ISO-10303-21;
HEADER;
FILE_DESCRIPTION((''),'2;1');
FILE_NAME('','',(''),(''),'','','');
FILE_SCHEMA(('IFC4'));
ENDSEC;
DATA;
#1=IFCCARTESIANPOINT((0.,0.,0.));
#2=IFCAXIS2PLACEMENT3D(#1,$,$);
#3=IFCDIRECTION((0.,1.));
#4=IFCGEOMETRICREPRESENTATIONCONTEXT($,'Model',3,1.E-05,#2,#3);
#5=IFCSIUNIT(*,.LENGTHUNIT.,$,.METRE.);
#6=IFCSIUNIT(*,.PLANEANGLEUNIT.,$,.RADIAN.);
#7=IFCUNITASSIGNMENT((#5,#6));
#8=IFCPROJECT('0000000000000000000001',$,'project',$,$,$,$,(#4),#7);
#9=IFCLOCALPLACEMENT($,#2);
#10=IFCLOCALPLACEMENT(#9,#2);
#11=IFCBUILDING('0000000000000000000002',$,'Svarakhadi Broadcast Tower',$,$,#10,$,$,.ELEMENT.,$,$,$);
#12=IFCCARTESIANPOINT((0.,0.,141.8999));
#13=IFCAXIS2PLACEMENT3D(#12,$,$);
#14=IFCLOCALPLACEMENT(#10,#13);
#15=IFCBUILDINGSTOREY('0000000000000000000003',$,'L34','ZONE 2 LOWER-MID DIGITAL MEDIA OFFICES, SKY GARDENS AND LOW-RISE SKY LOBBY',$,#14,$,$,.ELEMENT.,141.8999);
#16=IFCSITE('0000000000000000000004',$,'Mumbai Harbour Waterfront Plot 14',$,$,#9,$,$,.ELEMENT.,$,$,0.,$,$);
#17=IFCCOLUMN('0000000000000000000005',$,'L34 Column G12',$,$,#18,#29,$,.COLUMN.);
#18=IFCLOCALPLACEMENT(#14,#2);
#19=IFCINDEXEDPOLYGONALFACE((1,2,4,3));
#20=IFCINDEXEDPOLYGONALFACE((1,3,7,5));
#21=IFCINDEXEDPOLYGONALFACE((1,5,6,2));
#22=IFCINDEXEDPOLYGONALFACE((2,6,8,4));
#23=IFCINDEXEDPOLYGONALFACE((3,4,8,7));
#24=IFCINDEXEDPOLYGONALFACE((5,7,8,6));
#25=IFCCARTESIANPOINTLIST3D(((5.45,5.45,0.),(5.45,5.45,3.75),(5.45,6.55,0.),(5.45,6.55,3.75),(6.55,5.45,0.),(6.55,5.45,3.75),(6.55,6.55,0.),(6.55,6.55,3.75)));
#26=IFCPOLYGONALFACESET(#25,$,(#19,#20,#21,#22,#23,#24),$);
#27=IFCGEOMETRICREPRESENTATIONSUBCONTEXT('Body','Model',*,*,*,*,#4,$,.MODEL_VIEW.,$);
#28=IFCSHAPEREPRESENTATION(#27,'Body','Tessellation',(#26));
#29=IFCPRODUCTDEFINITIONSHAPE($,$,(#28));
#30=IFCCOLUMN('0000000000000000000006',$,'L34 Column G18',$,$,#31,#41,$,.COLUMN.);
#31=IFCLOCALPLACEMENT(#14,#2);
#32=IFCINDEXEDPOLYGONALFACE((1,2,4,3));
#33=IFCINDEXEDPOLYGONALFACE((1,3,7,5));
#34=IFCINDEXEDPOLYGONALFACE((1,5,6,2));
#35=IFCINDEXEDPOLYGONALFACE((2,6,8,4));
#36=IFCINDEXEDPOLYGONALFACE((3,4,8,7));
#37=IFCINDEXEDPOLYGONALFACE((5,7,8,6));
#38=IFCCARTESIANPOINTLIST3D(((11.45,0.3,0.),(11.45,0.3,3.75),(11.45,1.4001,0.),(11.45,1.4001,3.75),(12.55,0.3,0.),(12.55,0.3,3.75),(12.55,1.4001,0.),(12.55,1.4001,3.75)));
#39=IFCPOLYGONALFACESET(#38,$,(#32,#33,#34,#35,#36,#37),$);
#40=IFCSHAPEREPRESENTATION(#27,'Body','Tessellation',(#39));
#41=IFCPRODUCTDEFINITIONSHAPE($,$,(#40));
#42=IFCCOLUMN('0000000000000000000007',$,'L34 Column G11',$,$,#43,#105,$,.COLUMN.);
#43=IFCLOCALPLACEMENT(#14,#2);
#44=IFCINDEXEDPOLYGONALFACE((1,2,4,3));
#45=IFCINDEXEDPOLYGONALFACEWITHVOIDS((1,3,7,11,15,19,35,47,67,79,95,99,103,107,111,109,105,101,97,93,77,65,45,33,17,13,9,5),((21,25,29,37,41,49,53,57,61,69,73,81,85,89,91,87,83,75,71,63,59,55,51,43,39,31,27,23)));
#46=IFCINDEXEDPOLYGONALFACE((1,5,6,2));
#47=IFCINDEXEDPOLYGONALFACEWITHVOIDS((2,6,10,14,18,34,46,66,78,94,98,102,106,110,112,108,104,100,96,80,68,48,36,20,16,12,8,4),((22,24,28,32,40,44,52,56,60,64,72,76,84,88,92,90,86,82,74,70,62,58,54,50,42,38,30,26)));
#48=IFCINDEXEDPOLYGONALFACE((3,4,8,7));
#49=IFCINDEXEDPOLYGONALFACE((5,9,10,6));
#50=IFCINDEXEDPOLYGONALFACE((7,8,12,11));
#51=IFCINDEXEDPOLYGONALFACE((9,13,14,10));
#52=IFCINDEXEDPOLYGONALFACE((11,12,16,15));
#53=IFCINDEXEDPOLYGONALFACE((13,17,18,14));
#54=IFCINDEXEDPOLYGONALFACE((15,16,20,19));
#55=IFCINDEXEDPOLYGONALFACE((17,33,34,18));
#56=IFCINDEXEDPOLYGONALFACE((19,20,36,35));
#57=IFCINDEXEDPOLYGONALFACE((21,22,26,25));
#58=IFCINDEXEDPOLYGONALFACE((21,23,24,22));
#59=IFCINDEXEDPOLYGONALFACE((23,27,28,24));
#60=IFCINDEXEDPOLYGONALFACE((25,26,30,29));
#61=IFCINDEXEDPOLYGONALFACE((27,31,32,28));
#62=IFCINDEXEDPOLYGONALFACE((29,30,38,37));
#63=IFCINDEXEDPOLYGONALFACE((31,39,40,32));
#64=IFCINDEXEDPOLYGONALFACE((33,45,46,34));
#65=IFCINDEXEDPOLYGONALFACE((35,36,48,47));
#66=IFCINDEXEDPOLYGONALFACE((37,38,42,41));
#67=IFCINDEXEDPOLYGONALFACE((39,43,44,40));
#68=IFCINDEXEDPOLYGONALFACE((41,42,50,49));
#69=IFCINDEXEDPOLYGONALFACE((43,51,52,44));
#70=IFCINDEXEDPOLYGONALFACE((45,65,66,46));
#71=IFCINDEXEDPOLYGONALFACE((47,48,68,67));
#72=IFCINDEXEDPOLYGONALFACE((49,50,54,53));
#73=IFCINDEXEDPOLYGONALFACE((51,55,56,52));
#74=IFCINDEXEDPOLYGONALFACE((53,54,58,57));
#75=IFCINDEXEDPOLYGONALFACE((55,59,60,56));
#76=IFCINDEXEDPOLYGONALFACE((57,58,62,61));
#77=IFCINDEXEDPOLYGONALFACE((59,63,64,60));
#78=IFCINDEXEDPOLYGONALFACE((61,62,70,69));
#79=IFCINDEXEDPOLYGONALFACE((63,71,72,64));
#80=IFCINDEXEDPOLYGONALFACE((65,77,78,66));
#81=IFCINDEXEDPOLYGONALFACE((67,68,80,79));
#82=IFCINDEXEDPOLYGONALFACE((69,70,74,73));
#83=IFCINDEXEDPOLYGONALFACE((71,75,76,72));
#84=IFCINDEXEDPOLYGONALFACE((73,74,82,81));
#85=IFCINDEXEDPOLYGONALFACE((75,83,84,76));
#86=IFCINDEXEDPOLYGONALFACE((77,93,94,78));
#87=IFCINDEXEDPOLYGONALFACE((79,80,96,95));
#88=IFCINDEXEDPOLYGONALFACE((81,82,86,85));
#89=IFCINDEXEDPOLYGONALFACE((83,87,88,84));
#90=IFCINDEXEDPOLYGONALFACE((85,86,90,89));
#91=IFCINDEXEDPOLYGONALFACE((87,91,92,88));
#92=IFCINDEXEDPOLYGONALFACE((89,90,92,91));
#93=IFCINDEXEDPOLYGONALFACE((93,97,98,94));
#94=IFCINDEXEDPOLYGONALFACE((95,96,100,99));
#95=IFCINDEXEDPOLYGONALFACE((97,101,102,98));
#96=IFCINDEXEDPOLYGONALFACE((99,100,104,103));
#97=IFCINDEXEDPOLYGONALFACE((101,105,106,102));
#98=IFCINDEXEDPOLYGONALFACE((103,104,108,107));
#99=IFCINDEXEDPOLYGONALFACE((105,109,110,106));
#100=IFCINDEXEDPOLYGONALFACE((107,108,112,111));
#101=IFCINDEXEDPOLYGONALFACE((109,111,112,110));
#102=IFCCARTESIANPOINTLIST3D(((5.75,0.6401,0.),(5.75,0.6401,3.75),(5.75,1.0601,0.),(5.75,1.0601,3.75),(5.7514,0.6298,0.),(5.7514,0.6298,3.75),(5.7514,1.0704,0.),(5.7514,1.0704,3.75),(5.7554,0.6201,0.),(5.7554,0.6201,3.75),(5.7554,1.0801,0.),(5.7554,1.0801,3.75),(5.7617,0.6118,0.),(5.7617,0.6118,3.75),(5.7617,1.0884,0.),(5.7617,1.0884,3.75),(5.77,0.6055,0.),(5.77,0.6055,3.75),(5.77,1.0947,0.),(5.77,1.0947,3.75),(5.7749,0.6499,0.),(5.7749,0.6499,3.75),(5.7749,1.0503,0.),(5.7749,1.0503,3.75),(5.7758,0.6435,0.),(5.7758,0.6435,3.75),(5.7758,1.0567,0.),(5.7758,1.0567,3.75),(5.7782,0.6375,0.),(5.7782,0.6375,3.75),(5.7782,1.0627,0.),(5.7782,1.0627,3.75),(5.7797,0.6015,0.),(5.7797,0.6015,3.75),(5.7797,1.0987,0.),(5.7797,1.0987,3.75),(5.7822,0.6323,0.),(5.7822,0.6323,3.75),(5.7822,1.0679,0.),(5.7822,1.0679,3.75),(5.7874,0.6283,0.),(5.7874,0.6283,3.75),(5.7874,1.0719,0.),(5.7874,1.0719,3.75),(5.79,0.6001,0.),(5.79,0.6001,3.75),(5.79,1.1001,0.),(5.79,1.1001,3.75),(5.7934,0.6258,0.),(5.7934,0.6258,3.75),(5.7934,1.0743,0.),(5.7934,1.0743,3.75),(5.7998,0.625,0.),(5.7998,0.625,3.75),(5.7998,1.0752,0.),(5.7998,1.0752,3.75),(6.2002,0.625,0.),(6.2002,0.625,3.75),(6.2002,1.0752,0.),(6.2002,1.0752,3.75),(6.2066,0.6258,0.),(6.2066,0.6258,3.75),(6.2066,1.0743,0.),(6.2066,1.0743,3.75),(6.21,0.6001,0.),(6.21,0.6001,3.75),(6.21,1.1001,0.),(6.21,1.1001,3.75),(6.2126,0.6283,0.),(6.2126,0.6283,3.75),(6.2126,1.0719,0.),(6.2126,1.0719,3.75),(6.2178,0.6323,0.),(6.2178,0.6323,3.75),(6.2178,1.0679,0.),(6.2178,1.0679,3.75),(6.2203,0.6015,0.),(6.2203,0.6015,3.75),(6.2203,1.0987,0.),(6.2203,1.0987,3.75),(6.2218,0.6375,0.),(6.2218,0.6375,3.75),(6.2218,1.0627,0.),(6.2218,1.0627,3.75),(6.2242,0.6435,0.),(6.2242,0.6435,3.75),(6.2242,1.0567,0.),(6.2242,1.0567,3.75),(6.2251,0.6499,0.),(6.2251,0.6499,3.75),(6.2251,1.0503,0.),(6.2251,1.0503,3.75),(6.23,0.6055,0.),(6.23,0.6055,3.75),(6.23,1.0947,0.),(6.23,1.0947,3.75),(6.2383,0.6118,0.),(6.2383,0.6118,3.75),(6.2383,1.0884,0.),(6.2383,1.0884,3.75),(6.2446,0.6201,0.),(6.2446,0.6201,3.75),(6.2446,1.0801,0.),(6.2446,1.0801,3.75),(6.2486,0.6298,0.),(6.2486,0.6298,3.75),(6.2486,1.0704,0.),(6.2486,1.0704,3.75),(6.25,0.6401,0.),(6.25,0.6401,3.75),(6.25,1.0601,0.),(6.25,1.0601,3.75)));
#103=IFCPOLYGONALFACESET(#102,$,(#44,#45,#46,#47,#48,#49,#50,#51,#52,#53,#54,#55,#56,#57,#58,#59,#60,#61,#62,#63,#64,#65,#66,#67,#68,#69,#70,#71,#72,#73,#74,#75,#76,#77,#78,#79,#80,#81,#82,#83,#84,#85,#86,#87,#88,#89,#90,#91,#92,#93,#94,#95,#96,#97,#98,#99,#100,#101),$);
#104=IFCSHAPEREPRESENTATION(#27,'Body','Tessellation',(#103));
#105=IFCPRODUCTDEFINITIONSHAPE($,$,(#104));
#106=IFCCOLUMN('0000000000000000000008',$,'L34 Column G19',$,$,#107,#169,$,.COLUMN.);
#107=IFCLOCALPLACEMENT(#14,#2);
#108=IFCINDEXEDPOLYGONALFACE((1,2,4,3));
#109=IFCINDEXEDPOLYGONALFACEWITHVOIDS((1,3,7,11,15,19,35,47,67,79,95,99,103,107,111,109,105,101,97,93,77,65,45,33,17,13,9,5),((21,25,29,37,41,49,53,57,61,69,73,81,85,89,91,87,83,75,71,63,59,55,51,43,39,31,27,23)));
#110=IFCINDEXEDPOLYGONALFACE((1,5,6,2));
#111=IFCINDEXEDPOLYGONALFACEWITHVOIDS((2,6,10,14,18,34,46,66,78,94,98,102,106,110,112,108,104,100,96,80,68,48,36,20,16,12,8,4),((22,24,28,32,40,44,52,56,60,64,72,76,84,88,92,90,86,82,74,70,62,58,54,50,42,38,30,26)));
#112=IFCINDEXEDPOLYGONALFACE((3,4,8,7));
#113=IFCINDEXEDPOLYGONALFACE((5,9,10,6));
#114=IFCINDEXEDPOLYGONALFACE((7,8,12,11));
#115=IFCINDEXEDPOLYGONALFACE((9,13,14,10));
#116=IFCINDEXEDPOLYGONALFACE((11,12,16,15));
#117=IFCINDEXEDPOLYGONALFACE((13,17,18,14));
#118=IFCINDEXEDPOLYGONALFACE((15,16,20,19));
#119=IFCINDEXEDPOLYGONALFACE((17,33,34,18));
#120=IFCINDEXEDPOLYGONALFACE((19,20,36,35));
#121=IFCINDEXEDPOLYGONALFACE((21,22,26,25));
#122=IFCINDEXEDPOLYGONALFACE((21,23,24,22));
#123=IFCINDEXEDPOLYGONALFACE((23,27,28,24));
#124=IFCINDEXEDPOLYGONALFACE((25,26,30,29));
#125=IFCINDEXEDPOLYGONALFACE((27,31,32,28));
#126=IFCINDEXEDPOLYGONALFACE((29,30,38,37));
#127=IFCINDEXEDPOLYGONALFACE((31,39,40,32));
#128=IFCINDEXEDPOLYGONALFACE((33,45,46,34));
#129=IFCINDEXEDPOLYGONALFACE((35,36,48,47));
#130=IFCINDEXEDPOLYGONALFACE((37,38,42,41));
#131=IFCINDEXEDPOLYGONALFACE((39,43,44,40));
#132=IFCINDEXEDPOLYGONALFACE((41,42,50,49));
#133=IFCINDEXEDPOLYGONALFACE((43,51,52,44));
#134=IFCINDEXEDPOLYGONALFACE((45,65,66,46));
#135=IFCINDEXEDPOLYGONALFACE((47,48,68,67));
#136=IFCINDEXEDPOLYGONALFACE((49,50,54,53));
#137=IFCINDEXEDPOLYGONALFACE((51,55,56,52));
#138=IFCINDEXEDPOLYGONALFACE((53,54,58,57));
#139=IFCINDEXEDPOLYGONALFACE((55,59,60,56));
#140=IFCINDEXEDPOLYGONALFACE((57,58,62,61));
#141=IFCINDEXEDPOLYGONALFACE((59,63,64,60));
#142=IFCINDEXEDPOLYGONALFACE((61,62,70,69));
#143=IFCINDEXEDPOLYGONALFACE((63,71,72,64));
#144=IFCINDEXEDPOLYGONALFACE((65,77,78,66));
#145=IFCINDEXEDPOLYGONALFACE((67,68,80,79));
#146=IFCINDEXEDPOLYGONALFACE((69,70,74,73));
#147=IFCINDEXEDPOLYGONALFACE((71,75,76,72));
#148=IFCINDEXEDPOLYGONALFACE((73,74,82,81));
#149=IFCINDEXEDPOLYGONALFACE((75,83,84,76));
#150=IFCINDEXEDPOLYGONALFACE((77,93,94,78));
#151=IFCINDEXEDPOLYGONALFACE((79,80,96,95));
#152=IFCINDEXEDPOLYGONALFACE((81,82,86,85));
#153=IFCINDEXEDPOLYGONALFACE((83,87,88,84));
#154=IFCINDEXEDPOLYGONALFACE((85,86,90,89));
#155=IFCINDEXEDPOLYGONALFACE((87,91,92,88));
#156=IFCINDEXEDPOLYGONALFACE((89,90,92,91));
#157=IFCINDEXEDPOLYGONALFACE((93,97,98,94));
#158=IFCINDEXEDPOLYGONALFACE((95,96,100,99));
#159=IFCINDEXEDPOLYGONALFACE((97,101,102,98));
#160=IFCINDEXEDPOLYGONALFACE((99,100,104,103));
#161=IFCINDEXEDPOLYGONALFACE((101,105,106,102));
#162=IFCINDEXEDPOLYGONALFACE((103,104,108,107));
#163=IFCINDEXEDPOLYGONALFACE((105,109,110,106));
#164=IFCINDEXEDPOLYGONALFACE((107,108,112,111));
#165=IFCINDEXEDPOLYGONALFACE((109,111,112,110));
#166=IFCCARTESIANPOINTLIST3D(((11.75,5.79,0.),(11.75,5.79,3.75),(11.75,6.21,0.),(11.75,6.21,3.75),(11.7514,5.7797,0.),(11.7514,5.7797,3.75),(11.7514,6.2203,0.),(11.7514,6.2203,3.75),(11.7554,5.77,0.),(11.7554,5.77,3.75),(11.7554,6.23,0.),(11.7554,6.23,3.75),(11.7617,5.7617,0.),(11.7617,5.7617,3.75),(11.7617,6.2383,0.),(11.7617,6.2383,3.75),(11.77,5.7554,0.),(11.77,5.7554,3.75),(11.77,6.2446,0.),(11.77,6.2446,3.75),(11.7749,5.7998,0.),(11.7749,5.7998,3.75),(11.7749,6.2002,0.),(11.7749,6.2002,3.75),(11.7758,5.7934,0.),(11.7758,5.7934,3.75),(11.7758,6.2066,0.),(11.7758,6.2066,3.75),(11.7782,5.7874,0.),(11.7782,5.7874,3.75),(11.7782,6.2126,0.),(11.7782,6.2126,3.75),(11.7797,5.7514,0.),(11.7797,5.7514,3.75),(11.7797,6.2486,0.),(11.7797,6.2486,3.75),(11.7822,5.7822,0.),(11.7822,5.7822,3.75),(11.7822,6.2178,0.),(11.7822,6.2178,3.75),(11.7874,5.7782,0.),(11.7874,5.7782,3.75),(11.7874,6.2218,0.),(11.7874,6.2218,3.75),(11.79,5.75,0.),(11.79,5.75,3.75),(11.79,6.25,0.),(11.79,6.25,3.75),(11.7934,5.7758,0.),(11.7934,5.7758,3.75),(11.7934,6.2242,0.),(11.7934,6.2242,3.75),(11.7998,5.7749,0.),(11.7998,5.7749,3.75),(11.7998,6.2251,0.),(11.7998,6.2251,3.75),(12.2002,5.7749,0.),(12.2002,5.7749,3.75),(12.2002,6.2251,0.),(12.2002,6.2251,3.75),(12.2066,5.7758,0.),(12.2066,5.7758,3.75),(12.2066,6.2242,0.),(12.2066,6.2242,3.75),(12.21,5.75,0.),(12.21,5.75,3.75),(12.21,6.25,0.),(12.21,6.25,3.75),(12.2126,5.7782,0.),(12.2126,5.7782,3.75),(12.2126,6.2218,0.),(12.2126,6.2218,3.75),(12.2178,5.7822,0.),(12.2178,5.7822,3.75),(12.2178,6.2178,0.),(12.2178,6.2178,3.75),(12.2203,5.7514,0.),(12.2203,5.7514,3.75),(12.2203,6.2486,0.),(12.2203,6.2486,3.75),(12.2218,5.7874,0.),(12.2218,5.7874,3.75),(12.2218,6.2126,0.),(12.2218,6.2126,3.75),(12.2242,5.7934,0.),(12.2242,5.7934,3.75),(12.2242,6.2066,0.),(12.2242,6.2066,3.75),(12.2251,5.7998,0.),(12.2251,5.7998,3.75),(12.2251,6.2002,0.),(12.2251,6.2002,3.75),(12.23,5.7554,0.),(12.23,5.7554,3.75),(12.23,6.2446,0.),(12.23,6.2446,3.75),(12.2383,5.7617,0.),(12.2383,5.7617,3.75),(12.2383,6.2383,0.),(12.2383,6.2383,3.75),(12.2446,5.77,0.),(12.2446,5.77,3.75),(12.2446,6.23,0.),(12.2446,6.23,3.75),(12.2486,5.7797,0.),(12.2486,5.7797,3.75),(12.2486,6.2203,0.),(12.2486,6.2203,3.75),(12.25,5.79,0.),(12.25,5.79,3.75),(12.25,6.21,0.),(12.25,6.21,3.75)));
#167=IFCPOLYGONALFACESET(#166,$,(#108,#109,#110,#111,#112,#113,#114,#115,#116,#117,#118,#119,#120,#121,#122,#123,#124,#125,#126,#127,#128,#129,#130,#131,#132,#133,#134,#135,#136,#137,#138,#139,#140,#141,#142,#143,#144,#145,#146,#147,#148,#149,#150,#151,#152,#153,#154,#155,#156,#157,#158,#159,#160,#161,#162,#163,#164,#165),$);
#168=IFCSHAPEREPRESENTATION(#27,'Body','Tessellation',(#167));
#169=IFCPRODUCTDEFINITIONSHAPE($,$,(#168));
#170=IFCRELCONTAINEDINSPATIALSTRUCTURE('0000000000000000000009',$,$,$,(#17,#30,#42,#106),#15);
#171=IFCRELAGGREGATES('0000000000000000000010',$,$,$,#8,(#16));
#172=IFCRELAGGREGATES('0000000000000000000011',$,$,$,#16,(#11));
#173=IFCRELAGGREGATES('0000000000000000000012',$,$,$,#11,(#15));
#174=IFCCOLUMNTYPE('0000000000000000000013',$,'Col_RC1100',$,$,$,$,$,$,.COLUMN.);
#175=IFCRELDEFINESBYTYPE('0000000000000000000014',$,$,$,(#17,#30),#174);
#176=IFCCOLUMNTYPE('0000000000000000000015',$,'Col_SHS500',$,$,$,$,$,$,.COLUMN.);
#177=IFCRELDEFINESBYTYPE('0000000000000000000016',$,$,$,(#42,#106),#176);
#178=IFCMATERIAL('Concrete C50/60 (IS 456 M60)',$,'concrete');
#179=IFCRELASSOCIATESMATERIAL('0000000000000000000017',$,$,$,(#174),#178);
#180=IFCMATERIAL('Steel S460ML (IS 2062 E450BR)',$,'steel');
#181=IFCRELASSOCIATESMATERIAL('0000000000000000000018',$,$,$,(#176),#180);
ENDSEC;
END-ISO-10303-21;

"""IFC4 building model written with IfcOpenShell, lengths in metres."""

from ifc_helpers import new_model, si_unit, direction, frame, origin, origin_2d, place, context, subcontext, project, spatial, rectangle, hollow_rectangle, extrude, material, material_profile, profile_set, type_object, element, save


model = new_model("IFC4")

# Units and contexts
model_context = context("Model", 3, precision=1e-05, world=origin(), true_north=direction((0.0, 1.0)))
body_context = subcontext(model_context, "Body", "Model", "MODEL_VIEW")
ifc_project = project(units=[si_unit("LENGTHUNIT", "METRE"), si_unit("PLANEANGLEUNIT", "RADIAN")], contexts=[model_context])

# Site, building, storey
site_placement = place(None, origin())
site = spatial("IfcSite", under=ifc_project, at=site_placement, Name="Mumbai Harbour Waterfront Plot 14", CompositionType="ELEMENT", RefElevation=0.0)
building_placement = place(site_placement, origin())
building = spatial("IfcBuilding", under=site, at=building_placement, Name="Svarakhadi Broadcast Tower", CompositionType="ELEMENT")
storey_placement = place(building_placement, frame((0.0, 0.0, 141.8999)))
storey = spatial("IfcBuildingStorey", under=building, at=storey_placement, Name="L34", Description="ZONE 2 LOWER-MID DIGITAL MEDIA OFFICES, SKY GARDENS AND LOW-RISE SKY LOBBY", CompositionType="ELEMENT", Elevation=141.8999)

# Columns
ifc_material_1 = material(Name="Concrete C50/60 (IS 456 M60)", Category="concrete")
ifc_material_profile_1 = material_profile(ifc_material_1, rectangle(XDim=1.1001, YDim=1.1001, at=origin_2d()), Name="RC 1100x1100")
ifc_profile_set_1 = profile_set([ifc_material_profile_1], Name="Concrete C50/60 (IS 456 M60)")
column_type_1 = type_object("IfcColumnType", Name="Col_RC1100", PredefinedType="COLUMN", material=ifc_profile_set_1)
for number, where, z_axis, x_axis, name in (
    (1, (6.0, 6.0, 0.0), (0.0, 0.0, 1.0), (1.0, 0.0, 0.0), "L34 Column G12"),
    (2, (12.0, 0.8501, 0.0), (0.0, 0.0, 1.0), (1.0, 0.0, 0.0), "L34 Column G18"),
):
    element("IfcColumn", number, at=place(storey_placement, frame(where, z_axis=z_axis, x_axis=x_axis)), inside=storey, type_object=column_type_1, Name=name, PredefinedType="COLUMN", context=body_context, shape_type="SweptSolid", body=[
        extrude(rectangle(XDim=1.1001, YDim=1.1001, at=origin_2d()), origin(), (0.0, 0.0, 1.0), 3.75),
    ])
ifc_material_2 = material(Name="Steel S460ML (IS 2062 E450BR)", Category="steel")
ifc_material_profile_2 = material_profile(ifc_material_2, hollow_rectangle(XDim=0.5, YDim=0.5, WallThickness=0.0249, InnerFilletRadius=0.0249, OuterFilletRadius=0.04, at=origin_2d()), Name="SHS 500x500x25")
ifc_profile_set_2 = profile_set([ifc_material_profile_2], Name="Steel S460ML (IS 2062 E450BR)")
column_type_2 = type_object("IfcColumnType", Name="Col_SHS500", PredefinedType="COLUMN", material=ifc_profile_set_2)
for number, where, z_axis, x_axis, name in (
    (3, (6.0, 0.8501, 0.0), (0.0, 0.0, 1.0), (1.0, 0.0, 0.0), "L34 Column G11"),
    (4, (12.0, 6.0, 0.0), (0.0, 0.0, 1.0), (1.0, 0.0, 0.0), "L34 Column G19"),
):
    element("IfcColumn", number, at=place(storey_placement, frame(where, z_axis=z_axis, x_axis=x_axis)), inside=storey, type_object=column_type_2, Name=name, PredefinedType="COLUMN", context=body_context, shape_type="SweptSolid", body=[
        extrude(hollow_rectangle(XDim=0.5, YDim=0.5, WallThickness=0.0249, InnerFilletRadius=0.0249, OuterFilletRadius=0.04, at=origin_2d()), origin(), (0.0, 0.0, 1.0), 3.75),
    ])

save(model, "model.ifc")
